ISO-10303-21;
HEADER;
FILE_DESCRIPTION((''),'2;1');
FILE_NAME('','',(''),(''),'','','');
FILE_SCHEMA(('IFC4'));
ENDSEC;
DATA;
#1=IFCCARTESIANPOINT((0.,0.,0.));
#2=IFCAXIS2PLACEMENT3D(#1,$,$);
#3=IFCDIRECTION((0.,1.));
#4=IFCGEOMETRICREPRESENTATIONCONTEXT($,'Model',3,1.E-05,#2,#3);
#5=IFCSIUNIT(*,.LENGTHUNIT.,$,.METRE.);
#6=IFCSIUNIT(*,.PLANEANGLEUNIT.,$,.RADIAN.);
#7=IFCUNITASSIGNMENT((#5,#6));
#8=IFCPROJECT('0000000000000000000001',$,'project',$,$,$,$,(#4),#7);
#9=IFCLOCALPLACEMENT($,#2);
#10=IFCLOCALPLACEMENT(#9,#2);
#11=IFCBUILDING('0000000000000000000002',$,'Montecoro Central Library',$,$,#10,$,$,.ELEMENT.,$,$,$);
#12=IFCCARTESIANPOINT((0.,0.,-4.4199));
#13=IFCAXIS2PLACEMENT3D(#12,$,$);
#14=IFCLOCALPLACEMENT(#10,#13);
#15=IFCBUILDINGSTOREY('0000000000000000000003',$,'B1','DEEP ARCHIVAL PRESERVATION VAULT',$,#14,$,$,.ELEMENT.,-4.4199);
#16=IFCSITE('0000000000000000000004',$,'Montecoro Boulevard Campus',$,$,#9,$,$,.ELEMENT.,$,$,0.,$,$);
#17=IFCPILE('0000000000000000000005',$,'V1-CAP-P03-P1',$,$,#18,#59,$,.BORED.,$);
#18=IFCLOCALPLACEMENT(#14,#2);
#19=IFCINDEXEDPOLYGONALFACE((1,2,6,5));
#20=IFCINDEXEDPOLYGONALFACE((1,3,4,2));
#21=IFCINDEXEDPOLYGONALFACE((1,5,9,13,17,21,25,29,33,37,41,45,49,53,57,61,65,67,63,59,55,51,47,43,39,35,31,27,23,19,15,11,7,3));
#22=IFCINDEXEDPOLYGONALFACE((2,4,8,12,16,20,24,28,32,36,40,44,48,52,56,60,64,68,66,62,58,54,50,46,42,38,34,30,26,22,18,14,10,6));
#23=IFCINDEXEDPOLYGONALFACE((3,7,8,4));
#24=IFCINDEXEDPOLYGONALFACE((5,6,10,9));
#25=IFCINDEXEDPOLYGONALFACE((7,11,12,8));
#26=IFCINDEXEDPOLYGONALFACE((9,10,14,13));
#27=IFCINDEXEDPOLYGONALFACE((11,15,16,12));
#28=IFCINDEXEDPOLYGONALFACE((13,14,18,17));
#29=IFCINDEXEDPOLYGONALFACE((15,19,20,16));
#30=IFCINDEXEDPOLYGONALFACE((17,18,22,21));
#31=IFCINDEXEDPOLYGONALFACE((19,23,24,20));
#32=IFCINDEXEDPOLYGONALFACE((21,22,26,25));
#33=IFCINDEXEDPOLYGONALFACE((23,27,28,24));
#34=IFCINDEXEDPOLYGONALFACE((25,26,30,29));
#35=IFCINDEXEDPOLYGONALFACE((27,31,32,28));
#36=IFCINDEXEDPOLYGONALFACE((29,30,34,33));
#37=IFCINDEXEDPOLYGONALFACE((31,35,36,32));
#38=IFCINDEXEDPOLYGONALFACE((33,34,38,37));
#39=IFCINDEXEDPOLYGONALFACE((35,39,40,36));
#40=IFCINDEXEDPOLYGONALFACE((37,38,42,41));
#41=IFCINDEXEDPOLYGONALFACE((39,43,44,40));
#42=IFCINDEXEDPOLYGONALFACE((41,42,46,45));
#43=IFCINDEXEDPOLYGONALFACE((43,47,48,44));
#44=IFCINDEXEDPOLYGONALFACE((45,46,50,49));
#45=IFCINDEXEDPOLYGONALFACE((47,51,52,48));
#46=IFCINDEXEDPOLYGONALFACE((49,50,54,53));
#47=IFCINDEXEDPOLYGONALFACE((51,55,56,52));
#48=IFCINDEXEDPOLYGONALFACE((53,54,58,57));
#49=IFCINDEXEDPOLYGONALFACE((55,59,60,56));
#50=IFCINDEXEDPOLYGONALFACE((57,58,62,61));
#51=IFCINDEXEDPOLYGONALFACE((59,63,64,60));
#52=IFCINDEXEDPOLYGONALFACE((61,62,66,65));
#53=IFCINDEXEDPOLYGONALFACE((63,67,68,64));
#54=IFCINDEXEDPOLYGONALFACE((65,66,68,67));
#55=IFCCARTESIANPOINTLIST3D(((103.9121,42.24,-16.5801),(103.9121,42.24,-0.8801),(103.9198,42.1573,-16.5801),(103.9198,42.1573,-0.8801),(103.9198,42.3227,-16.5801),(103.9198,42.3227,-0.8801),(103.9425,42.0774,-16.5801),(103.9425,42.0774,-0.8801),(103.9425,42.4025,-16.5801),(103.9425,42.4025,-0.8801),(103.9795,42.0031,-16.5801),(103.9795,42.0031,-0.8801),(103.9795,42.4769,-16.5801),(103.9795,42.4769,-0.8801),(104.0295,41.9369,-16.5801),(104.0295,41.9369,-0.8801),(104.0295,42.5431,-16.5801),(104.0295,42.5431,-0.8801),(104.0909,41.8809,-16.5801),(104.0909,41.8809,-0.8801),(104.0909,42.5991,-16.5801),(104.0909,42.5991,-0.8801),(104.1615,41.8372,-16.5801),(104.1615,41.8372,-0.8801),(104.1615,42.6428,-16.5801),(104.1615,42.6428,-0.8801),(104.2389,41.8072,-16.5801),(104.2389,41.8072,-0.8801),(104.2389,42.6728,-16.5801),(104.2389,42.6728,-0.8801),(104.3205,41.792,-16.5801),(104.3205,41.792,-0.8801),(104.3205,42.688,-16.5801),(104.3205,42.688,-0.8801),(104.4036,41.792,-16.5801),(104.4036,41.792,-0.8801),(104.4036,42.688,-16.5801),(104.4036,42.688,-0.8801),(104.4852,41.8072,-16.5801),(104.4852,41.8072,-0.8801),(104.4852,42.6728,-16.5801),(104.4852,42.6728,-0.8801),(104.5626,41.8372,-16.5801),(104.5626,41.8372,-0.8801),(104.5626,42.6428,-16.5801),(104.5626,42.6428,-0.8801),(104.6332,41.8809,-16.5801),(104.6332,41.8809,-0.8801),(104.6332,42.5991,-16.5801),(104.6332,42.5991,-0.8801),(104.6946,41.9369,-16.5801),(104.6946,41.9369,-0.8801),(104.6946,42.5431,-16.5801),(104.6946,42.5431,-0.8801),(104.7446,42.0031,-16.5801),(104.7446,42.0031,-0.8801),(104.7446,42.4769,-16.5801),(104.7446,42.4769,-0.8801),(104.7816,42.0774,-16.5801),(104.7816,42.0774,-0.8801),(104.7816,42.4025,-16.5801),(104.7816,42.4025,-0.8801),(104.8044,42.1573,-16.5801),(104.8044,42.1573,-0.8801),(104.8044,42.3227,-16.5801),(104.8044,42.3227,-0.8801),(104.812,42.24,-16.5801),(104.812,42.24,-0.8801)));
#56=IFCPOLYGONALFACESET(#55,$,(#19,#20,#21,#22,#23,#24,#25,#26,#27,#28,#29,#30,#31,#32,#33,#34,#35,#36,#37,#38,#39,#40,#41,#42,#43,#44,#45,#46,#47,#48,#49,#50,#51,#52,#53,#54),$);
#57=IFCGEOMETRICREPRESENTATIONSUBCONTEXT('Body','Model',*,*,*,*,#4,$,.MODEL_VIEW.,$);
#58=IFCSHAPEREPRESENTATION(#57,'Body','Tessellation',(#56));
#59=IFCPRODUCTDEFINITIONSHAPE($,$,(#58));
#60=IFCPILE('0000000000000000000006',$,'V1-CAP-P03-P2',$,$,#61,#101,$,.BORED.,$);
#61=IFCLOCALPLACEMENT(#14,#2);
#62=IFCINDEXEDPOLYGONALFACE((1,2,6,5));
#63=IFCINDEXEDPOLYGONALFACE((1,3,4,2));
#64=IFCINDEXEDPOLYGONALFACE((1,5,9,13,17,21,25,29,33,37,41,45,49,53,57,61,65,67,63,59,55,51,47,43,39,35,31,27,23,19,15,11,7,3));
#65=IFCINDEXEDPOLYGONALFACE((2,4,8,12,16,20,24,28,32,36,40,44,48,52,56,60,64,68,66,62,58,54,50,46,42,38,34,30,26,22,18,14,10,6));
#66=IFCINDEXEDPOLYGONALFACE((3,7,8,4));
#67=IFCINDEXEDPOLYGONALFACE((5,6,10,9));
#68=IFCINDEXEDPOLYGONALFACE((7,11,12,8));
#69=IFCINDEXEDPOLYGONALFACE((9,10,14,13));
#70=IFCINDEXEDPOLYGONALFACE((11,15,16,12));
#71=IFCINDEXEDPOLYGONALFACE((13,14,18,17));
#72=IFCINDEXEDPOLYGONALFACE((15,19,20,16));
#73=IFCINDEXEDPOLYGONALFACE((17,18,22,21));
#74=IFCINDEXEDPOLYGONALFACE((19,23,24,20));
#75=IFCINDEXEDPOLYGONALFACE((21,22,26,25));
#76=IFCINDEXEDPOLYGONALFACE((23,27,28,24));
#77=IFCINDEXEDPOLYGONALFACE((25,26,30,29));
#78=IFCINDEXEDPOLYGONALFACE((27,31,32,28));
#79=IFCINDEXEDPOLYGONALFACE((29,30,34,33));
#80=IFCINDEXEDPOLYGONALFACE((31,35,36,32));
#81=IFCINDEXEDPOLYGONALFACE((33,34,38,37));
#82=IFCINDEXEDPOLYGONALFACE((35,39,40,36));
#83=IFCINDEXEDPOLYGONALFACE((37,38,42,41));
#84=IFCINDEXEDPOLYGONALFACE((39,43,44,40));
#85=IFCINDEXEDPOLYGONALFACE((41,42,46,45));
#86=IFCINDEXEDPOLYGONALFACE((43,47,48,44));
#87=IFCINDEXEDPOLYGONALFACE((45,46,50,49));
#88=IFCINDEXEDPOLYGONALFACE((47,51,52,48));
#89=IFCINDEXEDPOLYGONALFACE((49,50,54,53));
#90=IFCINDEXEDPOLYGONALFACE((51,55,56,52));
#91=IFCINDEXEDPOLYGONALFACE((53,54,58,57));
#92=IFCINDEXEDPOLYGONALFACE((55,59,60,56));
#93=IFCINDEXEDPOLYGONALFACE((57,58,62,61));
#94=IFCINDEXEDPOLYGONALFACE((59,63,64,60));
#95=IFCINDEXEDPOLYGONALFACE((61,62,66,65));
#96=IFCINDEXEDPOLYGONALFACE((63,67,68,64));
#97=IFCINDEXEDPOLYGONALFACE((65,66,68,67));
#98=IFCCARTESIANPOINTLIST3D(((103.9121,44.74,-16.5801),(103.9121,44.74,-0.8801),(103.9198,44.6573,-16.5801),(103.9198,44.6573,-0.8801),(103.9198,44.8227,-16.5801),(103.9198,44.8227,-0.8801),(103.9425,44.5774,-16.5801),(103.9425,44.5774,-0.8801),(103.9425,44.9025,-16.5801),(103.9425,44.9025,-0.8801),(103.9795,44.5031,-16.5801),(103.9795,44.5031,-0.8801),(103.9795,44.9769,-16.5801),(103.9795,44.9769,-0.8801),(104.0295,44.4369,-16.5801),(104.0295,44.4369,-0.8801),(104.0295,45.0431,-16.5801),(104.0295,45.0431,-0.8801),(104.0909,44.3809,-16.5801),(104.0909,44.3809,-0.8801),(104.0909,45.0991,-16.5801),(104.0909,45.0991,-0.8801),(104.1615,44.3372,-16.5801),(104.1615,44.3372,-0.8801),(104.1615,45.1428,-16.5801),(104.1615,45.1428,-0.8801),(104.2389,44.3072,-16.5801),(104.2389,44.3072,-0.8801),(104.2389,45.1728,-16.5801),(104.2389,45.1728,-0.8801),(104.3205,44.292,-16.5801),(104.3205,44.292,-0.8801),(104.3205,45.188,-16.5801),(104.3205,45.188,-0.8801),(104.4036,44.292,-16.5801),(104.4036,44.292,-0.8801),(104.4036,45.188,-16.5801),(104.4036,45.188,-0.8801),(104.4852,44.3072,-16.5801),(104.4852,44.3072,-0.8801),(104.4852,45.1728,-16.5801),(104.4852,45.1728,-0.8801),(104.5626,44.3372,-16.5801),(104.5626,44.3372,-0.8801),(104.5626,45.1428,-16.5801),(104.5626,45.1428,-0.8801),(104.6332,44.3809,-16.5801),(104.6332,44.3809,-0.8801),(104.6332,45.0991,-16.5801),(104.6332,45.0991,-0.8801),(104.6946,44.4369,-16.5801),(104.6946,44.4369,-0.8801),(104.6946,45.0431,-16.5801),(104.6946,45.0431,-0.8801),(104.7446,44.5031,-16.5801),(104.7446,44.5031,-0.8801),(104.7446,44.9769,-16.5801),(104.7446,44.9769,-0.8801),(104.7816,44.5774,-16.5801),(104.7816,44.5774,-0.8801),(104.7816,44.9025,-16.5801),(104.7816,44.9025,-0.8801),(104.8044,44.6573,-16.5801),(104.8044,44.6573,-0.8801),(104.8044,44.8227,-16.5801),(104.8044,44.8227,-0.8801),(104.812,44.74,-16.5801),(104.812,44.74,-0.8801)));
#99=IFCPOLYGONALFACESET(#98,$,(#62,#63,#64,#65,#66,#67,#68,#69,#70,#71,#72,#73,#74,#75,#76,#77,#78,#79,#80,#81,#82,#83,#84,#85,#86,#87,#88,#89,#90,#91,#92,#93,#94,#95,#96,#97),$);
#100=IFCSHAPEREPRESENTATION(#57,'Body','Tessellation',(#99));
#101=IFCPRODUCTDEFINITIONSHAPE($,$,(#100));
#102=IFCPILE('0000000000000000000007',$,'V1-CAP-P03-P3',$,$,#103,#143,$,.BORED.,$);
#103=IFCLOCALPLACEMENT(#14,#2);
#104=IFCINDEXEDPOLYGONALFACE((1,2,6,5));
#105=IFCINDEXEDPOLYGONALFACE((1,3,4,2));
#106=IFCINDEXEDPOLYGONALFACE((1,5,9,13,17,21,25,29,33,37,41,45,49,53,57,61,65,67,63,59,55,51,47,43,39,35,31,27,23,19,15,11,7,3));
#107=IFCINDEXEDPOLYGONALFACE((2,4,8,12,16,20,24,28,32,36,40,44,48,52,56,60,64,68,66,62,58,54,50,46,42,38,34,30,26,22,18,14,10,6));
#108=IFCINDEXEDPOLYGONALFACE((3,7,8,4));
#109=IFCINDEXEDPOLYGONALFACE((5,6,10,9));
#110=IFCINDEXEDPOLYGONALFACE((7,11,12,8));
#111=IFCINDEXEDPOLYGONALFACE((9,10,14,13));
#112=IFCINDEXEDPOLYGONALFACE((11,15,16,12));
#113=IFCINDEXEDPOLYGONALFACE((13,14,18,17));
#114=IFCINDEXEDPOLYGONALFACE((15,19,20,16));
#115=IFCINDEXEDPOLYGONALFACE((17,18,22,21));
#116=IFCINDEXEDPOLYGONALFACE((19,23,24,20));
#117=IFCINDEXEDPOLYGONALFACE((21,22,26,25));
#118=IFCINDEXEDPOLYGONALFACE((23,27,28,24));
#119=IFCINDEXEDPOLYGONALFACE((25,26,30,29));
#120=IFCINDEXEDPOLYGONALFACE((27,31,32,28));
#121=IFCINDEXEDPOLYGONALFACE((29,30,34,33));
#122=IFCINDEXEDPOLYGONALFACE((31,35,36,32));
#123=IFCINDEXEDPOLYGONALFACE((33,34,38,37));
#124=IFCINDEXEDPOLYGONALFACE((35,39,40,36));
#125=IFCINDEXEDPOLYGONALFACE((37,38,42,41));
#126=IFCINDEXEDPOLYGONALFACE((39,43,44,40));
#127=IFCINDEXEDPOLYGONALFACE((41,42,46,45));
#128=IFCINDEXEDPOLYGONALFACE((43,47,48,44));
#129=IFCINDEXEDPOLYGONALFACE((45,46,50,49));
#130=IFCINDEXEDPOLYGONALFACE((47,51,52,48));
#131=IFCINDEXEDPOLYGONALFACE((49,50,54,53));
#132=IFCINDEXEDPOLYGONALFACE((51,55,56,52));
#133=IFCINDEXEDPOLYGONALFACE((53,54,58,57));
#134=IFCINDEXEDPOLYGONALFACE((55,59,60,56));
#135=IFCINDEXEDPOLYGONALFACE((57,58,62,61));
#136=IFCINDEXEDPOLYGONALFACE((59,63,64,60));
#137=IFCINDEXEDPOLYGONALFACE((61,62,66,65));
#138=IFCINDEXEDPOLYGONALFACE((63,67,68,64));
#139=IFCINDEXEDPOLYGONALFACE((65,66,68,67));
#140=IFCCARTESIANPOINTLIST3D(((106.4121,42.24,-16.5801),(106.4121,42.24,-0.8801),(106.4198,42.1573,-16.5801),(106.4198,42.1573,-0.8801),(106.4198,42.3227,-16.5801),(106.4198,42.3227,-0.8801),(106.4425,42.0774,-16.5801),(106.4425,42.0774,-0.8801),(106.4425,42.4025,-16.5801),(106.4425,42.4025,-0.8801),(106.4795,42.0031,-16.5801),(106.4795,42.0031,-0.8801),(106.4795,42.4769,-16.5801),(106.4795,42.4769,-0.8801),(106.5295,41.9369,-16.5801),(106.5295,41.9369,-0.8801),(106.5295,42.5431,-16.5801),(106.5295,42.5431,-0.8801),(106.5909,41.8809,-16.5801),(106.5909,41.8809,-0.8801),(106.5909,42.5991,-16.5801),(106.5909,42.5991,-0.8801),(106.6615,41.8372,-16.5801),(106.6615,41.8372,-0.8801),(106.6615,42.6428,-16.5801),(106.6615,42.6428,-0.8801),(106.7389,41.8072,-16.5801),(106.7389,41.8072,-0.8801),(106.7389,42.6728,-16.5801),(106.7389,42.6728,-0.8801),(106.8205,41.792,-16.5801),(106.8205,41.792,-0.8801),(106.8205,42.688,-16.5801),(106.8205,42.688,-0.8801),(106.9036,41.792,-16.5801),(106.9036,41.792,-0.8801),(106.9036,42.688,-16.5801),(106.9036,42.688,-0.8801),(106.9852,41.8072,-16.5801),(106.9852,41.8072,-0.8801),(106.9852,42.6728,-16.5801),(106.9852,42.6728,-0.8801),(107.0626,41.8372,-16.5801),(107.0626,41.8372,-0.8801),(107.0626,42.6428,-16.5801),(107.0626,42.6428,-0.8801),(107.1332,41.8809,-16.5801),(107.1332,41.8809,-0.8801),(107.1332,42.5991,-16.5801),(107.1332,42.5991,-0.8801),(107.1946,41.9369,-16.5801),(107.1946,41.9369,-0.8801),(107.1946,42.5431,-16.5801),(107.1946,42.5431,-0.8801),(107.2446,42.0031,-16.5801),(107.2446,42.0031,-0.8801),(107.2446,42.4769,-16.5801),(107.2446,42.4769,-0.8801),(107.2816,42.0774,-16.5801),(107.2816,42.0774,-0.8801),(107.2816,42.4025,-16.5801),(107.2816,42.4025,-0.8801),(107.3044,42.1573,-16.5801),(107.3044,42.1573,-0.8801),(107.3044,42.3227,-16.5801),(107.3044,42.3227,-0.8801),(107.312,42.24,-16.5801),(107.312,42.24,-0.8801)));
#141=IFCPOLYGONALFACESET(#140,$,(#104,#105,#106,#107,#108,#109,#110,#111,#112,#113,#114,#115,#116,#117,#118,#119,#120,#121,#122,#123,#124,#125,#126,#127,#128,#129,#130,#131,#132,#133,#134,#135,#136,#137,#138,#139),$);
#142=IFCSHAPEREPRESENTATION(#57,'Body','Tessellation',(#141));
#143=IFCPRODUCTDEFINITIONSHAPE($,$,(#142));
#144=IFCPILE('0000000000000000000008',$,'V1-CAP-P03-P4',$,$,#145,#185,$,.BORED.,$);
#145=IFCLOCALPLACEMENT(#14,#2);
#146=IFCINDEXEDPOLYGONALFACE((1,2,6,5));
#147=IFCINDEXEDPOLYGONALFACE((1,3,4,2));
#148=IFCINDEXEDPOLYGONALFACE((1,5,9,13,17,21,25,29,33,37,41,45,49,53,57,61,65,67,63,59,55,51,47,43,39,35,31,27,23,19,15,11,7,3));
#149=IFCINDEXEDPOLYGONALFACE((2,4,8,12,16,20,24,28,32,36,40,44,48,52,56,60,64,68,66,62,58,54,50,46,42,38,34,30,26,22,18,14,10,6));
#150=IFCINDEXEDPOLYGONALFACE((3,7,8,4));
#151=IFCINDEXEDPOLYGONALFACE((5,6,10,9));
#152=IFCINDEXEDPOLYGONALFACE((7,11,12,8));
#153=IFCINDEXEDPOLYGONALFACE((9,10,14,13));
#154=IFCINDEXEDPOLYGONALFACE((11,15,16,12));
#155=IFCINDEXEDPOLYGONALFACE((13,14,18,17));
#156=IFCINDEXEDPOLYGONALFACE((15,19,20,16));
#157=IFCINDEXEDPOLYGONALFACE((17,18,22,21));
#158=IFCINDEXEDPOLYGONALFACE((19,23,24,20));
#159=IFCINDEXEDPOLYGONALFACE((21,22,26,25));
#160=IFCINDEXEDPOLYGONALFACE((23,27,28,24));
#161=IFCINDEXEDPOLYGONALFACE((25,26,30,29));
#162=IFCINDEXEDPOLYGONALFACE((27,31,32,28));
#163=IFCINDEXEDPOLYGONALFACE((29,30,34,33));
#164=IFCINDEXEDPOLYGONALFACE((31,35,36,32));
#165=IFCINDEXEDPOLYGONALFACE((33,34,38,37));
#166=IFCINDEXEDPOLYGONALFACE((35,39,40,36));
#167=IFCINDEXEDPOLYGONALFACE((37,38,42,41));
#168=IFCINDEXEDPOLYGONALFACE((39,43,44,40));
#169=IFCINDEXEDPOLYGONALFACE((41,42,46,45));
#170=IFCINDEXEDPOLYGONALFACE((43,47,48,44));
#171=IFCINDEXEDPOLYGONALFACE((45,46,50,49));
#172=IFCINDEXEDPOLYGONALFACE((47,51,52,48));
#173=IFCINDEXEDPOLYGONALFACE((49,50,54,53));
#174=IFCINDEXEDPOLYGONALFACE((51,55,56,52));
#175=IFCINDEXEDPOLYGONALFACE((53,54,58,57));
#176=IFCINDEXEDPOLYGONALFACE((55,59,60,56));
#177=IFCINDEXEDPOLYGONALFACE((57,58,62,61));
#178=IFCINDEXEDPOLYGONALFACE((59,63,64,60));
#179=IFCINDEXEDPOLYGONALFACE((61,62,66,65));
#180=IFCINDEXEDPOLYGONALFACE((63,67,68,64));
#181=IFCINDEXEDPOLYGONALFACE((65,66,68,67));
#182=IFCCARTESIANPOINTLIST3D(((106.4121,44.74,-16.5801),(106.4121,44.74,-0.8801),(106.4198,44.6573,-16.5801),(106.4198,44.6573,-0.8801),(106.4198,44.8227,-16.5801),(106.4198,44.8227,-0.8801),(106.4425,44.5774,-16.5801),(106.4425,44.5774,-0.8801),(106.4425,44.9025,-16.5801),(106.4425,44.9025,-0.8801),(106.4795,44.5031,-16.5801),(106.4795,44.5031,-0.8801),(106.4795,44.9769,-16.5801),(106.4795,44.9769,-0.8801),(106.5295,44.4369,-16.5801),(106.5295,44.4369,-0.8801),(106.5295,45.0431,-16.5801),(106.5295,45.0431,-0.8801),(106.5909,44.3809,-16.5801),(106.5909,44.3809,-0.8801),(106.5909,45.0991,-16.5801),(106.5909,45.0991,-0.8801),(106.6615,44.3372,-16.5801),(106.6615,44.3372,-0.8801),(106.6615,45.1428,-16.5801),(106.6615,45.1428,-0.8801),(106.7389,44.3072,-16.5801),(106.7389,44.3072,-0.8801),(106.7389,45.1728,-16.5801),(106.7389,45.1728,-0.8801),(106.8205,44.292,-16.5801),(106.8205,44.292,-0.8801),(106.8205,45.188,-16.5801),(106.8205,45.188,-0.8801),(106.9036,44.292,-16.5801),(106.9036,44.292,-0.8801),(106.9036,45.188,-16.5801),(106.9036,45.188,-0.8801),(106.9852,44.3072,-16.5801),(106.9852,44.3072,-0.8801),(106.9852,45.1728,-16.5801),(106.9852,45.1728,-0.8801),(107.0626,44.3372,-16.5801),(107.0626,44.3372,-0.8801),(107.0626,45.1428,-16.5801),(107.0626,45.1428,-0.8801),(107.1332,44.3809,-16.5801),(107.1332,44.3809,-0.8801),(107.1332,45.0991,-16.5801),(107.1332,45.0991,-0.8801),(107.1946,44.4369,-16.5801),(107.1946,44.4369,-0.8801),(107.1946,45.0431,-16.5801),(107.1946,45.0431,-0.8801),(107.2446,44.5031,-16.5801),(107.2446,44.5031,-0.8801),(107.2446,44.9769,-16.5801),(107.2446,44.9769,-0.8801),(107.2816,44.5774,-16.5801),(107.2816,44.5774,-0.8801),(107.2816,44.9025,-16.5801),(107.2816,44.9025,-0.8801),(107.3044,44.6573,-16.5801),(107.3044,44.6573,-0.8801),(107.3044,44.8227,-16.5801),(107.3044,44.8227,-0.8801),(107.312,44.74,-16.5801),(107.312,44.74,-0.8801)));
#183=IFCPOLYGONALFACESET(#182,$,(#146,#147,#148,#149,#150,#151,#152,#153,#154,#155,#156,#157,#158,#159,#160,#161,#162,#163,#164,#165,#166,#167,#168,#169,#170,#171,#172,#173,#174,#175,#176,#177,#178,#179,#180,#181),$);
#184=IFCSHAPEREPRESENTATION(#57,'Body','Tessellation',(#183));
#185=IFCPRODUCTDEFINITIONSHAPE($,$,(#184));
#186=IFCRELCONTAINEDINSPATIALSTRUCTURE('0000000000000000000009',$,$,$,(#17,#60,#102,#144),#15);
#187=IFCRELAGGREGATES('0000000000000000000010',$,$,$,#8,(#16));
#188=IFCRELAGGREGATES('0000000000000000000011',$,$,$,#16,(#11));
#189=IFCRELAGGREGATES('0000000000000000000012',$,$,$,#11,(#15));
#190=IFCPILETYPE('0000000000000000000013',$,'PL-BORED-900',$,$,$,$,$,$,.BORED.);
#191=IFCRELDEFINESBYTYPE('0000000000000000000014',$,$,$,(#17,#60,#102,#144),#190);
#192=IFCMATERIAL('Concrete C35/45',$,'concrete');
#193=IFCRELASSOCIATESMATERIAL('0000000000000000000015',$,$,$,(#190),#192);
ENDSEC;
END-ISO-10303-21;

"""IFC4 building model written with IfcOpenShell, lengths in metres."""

from ifc_helpers import new_model, si_unit, direction, frame, origin, origin_2d, place, context, subcontext, project, spatial, circle, extrude, material, material_profile, profile_set, type_object, element, save


model = new_model("IFC4")

# Units and contexts
model_context = context("Model", 3, precision=1e-05, world=origin(), true_north=direction((0.0, 1.0)))
body_context = subcontext(model_context, "Body", "Model", "MODEL_VIEW")
ifc_project = project(units=[si_unit("LENGTHUNIT", "METRE"), si_unit("PLANEANGLEUNIT", "RADIAN")], contexts=[model_context])

# Site, building, storey
site_placement = place(None, origin())
site = spatial("IfcSite", under=ifc_project, at=site_placement, Name="Montecoro Boulevard Campus", CompositionType="ELEMENT", RefElevation=0.0)
building_placement = place(site_placement, origin())
building = spatial("IfcBuilding", under=site, at=building_placement, Name="Montecoro Central Library", CompositionType="ELEMENT")
storey_placement = place(building_placement, frame((0.0, 0.0, -4.4199)))
storey = spatial("IfcBuildingStorey", under=building, at=storey_placement, Name="B1", Description="DEEP ARCHIVAL PRESERVATION VAULT", CompositionType="ELEMENT", Elevation=-4.4199)

# Shared definitions
ifc_material_1 = material(Name="Concrete C35/45", Category="concrete")

# Piles
ifc_material_profile_1 = material_profile(ifc_material_1, circle(Radius=0.45, at=origin_2d()), Name="PILE D900")
ifc_profile_set_1 = profile_set([ifc_material_profile_1], Name="Concrete C35/45")
pile_type_1 = type_object("IfcPileType", Name="PL-BORED-900", PredefinedType="BORED", material=ifc_profile_set_1)
for number, where, z_axis, x_axis, name in (
    (1, (104.3621, 42.24, -0.8801), (0.0, 0.0, -1.0), (1.0, 0.0, 0.0), "V1-CAP-P03-P1"),
    (2, (104.3621, 44.74, -0.8801), (0.0, 0.0, -1.0), (1.0, 0.0, 0.0), "V1-CAP-P03-P2"),
    (3, (106.8621, 42.24, -0.8801), (0.0, 0.0, -1.0), (1.0, 0.0, 0.0), "V1-CAP-P03-P3"),
    (4, (106.8621, 44.74, -0.8801), (0.0, 0.0, -1.0), (1.0, 0.0, 0.0), "V1-CAP-P03-P4"),
):
    element("IfcPile", number, at=place(storey_placement, frame(where, z_axis=z_axis, x_axis=x_axis)), inside=storey, type_object=pile_type_1, Name=name, PredefinedType="BORED", context=body_context, shape_type="SweptSolid", body=[
        extrude(circle(Radius=0.45, at=origin_2d()), origin(), (0.0, 0.0, 1.0), 15.7),
    ])

save(model, "model.ifc")
